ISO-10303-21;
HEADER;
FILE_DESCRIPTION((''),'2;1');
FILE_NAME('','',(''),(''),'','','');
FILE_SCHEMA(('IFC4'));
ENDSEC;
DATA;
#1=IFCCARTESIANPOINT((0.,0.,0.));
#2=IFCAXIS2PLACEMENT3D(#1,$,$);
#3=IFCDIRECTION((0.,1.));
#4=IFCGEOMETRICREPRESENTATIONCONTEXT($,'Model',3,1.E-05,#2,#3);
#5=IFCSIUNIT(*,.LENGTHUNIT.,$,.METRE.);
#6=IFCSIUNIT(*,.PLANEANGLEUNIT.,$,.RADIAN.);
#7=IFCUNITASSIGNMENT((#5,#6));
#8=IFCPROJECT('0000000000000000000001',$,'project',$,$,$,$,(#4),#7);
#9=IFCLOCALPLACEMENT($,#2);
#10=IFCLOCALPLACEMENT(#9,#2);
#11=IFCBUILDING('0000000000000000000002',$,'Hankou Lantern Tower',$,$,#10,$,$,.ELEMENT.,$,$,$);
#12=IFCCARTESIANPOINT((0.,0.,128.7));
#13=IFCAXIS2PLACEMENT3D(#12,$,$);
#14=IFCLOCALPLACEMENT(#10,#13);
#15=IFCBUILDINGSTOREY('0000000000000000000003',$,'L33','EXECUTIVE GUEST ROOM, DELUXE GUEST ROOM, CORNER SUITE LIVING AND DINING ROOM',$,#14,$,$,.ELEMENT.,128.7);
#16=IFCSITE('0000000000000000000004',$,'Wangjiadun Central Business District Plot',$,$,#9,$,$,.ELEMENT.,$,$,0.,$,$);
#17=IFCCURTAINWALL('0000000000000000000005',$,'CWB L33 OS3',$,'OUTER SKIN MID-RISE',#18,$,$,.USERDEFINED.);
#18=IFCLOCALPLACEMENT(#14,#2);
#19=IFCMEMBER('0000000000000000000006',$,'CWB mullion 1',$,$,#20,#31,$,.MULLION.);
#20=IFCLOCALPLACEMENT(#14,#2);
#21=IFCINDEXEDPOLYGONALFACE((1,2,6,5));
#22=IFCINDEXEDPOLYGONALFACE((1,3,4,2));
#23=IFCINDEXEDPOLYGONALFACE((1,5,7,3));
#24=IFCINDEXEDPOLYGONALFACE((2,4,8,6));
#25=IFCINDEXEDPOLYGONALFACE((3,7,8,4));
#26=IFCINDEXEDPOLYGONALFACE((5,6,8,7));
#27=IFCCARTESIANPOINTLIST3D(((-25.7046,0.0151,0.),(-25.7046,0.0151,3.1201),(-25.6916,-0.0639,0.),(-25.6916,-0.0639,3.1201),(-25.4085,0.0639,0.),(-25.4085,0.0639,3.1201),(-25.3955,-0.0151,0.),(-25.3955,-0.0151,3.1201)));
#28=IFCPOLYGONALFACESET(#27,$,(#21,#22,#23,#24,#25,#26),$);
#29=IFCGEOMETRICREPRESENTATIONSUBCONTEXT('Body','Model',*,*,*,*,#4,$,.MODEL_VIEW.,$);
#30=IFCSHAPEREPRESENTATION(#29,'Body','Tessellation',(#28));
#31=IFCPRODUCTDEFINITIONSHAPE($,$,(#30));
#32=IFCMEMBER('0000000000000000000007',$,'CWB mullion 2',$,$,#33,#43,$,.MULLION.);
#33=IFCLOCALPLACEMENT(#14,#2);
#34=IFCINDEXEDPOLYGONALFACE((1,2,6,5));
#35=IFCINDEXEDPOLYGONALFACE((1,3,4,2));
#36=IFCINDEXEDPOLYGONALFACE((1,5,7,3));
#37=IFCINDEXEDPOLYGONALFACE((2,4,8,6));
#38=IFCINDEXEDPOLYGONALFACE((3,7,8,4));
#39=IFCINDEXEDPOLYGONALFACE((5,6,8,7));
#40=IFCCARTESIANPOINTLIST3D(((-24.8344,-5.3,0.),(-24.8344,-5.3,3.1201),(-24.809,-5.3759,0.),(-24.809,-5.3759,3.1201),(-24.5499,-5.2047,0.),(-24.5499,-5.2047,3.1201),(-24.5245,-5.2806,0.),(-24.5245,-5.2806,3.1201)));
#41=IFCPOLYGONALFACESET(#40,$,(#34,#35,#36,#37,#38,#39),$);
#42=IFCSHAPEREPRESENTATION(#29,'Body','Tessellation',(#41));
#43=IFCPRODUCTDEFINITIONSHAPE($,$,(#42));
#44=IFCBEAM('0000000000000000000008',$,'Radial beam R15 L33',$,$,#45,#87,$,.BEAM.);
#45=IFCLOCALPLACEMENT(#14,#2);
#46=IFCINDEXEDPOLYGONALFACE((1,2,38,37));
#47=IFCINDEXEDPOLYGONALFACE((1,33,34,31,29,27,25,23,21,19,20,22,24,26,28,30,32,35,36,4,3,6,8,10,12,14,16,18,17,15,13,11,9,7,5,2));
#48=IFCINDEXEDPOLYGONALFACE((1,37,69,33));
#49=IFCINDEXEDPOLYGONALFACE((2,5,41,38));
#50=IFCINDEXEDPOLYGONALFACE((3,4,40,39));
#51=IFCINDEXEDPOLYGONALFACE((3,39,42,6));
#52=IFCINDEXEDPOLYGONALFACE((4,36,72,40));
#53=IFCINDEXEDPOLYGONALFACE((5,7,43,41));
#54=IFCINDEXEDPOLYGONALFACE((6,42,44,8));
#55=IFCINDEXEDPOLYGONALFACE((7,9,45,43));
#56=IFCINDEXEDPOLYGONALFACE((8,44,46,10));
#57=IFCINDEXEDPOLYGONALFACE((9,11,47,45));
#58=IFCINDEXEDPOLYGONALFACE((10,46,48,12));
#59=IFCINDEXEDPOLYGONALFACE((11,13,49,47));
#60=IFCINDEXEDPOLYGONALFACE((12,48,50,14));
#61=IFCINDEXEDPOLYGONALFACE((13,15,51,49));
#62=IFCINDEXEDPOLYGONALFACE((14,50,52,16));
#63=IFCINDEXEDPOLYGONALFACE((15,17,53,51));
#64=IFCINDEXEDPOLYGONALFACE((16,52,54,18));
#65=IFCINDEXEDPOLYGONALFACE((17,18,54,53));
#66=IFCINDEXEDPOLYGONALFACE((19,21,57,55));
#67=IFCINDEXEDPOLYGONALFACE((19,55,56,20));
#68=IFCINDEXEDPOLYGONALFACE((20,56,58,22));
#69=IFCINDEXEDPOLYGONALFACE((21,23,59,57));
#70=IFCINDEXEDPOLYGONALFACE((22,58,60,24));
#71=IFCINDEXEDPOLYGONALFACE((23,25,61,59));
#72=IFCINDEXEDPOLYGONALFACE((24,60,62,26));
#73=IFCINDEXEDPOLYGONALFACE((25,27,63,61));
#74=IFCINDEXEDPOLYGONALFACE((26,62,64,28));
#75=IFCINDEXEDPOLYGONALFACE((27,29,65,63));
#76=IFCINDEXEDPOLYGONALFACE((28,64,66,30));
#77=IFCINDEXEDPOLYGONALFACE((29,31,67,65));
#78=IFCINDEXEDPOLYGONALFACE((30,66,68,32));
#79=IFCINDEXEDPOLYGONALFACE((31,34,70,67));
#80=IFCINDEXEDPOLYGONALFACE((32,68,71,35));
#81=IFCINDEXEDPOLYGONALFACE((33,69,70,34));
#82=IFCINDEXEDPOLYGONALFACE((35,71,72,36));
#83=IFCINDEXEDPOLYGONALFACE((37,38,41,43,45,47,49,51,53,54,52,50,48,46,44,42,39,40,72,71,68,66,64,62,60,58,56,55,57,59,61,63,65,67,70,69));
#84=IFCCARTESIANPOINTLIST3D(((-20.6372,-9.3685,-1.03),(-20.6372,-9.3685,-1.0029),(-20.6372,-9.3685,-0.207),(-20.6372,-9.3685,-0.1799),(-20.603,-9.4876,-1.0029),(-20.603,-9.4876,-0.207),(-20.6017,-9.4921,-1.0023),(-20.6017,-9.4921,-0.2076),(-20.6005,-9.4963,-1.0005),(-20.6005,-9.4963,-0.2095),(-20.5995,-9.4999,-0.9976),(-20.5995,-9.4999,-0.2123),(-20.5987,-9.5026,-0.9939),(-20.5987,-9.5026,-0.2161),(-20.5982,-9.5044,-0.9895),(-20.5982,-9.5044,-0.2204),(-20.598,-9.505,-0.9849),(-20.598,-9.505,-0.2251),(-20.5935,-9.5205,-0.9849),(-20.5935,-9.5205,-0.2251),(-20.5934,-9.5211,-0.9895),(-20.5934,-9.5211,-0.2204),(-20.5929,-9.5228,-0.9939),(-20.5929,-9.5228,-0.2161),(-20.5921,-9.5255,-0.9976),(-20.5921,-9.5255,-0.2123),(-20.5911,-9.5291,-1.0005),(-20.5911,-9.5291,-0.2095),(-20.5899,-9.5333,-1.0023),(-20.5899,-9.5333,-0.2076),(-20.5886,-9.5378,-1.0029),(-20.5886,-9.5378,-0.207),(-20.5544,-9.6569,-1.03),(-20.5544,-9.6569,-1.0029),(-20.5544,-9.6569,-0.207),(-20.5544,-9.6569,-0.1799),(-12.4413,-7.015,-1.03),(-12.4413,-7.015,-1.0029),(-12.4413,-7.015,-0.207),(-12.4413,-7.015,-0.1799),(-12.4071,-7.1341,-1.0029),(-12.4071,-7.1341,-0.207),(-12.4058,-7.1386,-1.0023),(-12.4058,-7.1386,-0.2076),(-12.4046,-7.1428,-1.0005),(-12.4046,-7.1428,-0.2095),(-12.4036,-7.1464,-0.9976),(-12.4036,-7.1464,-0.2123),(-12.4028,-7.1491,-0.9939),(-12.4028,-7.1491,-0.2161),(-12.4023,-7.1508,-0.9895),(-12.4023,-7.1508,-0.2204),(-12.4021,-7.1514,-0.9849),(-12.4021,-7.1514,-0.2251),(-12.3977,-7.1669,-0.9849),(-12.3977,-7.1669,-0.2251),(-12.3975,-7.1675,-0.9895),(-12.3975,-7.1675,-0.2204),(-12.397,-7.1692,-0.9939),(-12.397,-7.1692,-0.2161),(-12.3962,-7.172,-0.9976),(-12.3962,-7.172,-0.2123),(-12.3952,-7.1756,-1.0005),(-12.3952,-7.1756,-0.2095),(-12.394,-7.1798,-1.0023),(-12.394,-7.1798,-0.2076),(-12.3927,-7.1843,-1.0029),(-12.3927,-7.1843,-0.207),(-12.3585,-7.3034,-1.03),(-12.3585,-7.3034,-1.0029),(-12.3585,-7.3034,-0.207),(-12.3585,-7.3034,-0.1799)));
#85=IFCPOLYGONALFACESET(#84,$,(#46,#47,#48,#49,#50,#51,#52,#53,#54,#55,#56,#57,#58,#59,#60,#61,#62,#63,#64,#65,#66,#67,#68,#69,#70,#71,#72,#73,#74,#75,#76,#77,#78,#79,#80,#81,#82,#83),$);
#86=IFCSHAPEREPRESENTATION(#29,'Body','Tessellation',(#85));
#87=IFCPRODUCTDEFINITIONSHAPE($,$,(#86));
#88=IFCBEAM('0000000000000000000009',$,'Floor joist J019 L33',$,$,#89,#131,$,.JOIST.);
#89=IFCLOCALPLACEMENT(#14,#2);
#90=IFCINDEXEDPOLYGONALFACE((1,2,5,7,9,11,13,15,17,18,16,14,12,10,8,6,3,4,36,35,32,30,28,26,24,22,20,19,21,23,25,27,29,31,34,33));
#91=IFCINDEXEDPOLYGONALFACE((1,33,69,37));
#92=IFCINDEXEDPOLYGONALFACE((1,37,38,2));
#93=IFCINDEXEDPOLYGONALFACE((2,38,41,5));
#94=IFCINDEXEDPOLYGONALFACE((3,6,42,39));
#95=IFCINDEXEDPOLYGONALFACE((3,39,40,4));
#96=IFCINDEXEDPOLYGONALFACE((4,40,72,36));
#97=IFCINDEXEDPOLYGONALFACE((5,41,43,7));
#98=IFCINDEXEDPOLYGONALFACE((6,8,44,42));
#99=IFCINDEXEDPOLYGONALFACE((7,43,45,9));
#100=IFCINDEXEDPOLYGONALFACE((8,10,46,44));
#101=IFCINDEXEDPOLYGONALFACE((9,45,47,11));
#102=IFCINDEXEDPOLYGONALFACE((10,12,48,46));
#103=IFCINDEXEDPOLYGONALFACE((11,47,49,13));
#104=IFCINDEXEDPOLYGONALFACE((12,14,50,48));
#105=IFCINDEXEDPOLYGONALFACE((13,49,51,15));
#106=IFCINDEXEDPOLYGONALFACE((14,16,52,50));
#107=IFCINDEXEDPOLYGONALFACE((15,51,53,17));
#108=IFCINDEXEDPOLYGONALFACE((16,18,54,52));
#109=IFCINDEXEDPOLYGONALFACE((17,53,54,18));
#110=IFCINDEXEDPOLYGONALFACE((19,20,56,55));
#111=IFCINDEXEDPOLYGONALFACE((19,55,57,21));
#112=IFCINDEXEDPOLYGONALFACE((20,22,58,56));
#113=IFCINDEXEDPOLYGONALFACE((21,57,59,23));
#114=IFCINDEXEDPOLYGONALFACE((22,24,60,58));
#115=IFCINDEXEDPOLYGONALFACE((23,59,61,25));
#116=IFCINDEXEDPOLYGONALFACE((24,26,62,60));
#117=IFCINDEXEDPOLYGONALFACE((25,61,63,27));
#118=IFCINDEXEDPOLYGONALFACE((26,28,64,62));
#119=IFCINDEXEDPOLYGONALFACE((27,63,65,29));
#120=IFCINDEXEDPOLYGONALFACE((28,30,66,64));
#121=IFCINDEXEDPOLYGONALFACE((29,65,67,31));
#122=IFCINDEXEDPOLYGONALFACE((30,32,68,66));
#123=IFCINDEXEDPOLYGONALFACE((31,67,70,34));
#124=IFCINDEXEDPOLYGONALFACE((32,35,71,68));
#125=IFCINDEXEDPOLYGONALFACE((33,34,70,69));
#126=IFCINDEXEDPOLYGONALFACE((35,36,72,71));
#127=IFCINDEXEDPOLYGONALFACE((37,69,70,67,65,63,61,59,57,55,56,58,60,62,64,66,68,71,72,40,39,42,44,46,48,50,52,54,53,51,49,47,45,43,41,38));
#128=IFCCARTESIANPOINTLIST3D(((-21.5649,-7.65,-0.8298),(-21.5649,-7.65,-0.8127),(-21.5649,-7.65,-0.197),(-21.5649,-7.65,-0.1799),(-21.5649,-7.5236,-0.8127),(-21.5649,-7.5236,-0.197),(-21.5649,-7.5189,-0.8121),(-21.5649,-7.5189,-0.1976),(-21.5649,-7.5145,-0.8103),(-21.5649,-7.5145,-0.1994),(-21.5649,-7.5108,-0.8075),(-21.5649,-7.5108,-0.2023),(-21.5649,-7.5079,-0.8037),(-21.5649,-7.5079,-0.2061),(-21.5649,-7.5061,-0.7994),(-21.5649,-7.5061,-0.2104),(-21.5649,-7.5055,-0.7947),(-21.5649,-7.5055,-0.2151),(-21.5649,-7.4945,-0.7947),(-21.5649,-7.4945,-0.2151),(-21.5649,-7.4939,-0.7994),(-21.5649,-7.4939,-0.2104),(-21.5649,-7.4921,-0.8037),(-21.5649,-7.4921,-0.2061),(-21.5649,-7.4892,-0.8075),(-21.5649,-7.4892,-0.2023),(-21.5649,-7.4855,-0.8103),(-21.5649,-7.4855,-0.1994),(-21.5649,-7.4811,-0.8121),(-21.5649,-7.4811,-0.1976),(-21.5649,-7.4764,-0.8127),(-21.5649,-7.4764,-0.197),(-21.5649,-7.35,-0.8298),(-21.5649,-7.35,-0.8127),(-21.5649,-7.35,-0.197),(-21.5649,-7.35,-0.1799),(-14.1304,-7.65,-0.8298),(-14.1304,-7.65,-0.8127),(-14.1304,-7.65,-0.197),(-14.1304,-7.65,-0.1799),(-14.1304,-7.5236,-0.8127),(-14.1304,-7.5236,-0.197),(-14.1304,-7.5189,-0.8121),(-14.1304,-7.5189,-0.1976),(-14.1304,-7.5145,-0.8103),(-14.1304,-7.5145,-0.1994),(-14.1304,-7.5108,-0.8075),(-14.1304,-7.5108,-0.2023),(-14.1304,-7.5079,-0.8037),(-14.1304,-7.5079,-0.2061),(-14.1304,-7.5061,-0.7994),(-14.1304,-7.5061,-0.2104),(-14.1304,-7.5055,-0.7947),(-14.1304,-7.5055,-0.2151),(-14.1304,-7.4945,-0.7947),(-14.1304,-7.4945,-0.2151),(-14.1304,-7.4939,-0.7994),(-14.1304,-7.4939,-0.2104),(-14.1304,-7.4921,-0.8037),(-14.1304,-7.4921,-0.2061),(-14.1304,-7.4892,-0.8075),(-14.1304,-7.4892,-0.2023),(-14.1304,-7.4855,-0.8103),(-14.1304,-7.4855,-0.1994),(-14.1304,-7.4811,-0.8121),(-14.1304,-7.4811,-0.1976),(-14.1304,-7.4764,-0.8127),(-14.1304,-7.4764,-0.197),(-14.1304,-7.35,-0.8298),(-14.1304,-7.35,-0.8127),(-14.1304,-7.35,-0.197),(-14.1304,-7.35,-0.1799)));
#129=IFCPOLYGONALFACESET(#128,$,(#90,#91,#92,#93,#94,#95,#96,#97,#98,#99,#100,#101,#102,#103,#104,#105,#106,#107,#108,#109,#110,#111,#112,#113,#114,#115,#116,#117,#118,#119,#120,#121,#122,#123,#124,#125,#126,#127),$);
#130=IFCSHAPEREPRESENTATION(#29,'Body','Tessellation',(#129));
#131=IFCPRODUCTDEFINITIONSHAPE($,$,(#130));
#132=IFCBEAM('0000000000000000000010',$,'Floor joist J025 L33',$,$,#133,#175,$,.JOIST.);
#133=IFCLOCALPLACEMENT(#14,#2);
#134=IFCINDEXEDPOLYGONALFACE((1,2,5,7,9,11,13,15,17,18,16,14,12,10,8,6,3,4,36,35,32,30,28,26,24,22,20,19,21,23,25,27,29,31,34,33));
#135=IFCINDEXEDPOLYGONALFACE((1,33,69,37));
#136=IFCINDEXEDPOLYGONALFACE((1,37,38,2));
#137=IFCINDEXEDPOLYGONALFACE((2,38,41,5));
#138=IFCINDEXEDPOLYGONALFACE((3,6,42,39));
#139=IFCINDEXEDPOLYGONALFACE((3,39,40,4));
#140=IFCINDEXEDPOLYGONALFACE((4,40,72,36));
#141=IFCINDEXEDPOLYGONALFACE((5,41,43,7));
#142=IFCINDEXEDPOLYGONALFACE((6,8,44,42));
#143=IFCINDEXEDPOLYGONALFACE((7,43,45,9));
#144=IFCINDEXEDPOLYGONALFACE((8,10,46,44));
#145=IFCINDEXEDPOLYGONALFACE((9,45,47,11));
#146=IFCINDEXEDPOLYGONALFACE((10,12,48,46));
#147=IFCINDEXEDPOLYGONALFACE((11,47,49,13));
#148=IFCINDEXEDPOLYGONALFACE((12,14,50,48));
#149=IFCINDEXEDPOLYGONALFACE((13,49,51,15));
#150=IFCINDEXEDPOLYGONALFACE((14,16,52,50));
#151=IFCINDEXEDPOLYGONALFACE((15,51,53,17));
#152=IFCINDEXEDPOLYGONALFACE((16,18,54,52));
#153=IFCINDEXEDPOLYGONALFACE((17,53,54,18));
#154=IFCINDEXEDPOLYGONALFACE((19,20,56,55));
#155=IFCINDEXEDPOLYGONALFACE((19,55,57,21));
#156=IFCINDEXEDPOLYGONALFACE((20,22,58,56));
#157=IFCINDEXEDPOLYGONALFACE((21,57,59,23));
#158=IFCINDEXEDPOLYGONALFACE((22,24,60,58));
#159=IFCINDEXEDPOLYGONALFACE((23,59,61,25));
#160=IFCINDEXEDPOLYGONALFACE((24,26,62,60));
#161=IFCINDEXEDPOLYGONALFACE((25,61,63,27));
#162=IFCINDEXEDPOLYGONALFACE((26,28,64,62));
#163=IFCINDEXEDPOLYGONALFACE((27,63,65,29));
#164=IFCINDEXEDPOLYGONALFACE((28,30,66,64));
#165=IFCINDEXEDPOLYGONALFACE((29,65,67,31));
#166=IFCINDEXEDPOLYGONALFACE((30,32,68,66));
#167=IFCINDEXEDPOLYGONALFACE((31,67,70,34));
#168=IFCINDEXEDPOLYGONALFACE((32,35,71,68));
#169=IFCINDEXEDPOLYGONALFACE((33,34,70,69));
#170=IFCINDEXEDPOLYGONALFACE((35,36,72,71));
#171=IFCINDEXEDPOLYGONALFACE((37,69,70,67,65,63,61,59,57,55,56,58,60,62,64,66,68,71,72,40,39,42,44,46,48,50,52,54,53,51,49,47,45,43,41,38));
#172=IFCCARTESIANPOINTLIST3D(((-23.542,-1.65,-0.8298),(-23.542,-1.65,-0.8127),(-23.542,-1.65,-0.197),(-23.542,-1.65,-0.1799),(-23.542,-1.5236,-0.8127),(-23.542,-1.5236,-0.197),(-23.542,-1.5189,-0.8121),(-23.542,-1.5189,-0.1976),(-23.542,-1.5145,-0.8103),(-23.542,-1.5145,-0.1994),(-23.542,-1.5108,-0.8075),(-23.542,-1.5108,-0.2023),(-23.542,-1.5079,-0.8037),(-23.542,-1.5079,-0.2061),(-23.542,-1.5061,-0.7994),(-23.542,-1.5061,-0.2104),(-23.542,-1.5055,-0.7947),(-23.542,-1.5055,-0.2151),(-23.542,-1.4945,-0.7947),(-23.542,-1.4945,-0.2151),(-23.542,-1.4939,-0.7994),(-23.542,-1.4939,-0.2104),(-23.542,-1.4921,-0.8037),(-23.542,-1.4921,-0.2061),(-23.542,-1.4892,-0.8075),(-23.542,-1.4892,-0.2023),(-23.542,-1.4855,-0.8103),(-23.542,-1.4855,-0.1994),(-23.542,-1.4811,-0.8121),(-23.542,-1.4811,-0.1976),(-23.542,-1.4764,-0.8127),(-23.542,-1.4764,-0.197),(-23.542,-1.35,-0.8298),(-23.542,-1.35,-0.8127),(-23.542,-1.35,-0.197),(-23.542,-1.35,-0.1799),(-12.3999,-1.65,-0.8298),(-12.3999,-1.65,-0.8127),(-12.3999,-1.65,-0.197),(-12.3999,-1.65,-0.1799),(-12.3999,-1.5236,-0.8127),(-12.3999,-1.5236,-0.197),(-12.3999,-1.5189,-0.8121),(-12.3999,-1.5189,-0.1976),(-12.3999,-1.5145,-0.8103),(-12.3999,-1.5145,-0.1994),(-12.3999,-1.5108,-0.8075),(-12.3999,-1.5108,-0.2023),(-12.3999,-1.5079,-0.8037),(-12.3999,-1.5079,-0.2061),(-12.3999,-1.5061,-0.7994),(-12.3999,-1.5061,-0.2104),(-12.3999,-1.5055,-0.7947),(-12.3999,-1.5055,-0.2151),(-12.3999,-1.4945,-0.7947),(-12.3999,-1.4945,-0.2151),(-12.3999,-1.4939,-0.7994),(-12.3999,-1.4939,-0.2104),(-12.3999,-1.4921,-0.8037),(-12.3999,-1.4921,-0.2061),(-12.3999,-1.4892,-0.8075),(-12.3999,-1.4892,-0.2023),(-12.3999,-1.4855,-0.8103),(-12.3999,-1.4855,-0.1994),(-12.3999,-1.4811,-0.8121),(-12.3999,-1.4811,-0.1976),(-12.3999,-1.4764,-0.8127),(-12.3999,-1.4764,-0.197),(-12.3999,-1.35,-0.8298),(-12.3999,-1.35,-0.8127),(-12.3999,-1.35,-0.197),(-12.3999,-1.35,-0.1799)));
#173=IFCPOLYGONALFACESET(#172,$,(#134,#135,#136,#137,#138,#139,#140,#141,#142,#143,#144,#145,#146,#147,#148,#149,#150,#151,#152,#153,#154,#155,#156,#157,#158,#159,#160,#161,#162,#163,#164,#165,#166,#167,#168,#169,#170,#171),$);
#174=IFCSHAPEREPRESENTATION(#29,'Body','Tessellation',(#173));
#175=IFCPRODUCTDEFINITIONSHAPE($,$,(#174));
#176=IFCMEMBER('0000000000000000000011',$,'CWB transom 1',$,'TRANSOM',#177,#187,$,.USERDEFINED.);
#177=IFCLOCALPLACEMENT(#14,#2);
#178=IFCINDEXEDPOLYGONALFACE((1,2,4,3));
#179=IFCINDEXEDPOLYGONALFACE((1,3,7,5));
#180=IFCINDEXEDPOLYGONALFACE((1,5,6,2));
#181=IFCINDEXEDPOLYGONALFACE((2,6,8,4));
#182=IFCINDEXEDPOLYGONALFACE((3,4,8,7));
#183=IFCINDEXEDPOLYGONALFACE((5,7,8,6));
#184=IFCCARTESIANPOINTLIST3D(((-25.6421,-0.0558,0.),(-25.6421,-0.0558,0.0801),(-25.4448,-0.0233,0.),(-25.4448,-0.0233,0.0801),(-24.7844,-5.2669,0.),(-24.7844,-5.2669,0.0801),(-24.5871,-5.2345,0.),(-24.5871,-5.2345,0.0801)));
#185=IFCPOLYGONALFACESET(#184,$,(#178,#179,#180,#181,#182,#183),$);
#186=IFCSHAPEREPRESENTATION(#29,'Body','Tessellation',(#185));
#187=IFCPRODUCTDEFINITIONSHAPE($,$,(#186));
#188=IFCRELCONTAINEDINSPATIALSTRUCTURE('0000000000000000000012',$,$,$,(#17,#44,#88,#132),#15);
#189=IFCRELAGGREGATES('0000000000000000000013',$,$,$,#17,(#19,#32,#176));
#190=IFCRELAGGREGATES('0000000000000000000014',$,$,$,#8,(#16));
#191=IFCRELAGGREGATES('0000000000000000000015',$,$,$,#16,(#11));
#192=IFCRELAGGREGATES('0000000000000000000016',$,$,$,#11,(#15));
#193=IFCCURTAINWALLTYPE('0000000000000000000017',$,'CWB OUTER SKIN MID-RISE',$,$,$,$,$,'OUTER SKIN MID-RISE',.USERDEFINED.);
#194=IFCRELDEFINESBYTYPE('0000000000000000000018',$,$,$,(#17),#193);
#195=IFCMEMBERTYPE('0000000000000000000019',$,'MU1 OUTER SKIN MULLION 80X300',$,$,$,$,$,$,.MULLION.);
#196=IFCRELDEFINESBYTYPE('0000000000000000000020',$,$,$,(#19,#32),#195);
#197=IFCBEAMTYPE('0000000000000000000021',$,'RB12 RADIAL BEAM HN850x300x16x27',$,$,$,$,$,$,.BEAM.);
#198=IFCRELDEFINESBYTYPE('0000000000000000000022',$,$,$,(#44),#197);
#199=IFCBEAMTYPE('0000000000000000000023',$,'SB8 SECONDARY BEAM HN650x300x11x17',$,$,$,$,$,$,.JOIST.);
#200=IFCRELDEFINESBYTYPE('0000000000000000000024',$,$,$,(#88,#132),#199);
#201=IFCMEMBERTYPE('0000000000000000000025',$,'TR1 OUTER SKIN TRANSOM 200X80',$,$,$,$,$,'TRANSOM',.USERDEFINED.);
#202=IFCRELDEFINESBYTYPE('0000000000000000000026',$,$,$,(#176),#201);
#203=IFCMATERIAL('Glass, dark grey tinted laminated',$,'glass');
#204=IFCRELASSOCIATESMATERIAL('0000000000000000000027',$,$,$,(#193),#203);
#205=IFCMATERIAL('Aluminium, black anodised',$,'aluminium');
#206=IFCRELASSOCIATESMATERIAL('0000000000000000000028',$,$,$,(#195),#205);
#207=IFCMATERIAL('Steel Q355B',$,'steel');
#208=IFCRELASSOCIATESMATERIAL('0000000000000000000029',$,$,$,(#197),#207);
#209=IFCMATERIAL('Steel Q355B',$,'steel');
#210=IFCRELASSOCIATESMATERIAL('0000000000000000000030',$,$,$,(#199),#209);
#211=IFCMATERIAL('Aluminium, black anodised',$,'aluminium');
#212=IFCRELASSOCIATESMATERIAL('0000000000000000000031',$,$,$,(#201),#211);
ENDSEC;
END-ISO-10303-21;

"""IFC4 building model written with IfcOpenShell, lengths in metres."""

from ifc_helpers import new_model, si_unit, direction, frame, origin, origin_2d, place, context, subcontext, project, spatial, rectangle, i_section, extrude, material, material_profile, profile_set, type_object, element, aggregate, save


model = new_model("IFC4")

# Units and contexts
model_context = context("Model", 3, precision=1e-05, world=origin(), true_north=direction((0.0, 1.0)))
body_context = subcontext(model_context, "Body", "Model", "MODEL_VIEW")
ifc_project = project(units=[si_unit("LENGTHUNIT", "METRE"), si_unit("PLANEANGLEUNIT", "RADIAN")], contexts=[model_context])

# Site, building, storey
site_placement = place(None, origin())
site = spatial("IfcSite", under=ifc_project, at=site_placement, Name="Wangjiadun Central Business District Plot", CompositionType="ELEMENT", RefElevation=0.0)
building_placement = place(site_placement, origin())
building = spatial("IfcBuilding", under=site, at=building_placement, Name="Hankou Lantern Tower", CompositionType="ELEMENT")
storey_placement = place(building_placement, frame((0.0, 0.0, 128.7)))
storey = spatial("IfcBuildingStorey", under=building, at=storey_placement, Name="L33", Description="EXECUTIVE GUEST ROOM, DELUXE GUEST ROOM, CORNER SUITE LIVING AND DINING ROOM", CompositionType="ELEMENT", Elevation=128.7)

# Curtain wall, members
ifc_material_1 = material(Name="Glass, dark grey tinted laminated", Category="glass")
curtain_wall_type = type_object("IfcCurtainWallType", Name="CWB OUTER SKIN MID-RISE", ElementType="OUTER SKIN MID-RISE", PredefinedType="USERDEFINED", material=ifc_material_1)
curtain_wall_placement = place(storey_placement, origin())
curtain_wall = element("IfcCurtainWall", 1, at=curtain_wall_placement, inside=storey, type_object=curtain_wall_type, Name="CWB L33 OS3", ObjectType="OUTER SKIN MID-RISE", PredefinedType="USERDEFINED")
ifc_material_2 = material(Name="Aluminium, black anodised", Category="aluminium")
ifc_material_profile_1 = material_profile(ifc_material_2, rectangle(XDim=0.0801, YDim=0.3, at=origin_2d()), Name="MU1 80X300")
ifc_profile_set_1 = profile_set([ifc_material_profile_1], Name="Aluminium, black anodised")
member_type_1 = type_object("IfcMemberType", Name="MU1 OUTER SKIN MULLION 80X300", PredefinedType="MULLION", material=ifc_profile_set_1)
member_1_placement = place(storey_placement, frame((-25.55, 0.0, 0.0), z_axis=(0.0, 0.0, 1.0), x_axis=(0.162382, -0.986728, 0.0)))
member_1 = element("IfcMember", 2, at=member_1_placement, type_object=member_type_1, Name="CWB mullion 1", PredefinedType="MULLION", context=body_context, shape_type="SweptSolid", body=[
    extrude(rectangle(XDim=0.0801, YDim=0.3, at=origin_2d()), origin(), (0.0, 0.0, 1.0), 3.1201),
])
member_2_placement = place(storey_placement, frame((-24.6794, -5.2903, 0.0), z_axis=(0.0, 0.0, 1.0), x_axis=(0.317596, -0.948226, 0.0)))
member_2 = element("IfcMember", 3, at=member_2_placement, type_object=member_type_1, Name="CWB mullion 2", PredefinedType="MULLION", context=body_context, shape_type="SweptSolid", body=[
    extrude(rectangle(XDim=0.0801, YDim=0.3, at=origin_2d()), origin(), (0.0, 0.0, 1.0), 3.1201),
])

# Beams
ifc_material_3 = material(Name="Steel Q355B", Category="steel")
ifc_material_profile_2 = material_profile(ifc_material_3, i_section(OverallWidth=0.3, OverallDepth=0.8501, WebThickness=0.0161, FlangeThickness=0.0271, FilletRadius=0.0181, at=origin_2d()), Name="HN850x300x16x27")
ifc_profile_set_2 = profile_set([ifc_material_profile_2], Name="Steel Q355B")
beam_type_1 = type_object("IfcBeamType", Name="RB12 RADIAL BEAM HN850x300x16x27", PredefinedType="BEAM", material=ifc_profile_set_2)
beam_1_placement = place(storey_placement, frame((-12.3999, -7.1592, -0.605), z_axis=(-0.961156, -0.276007, 0.0), x_axis=(0.276007, -0.961156, 0.0)))
element("IfcBeam", 4, at=beam_1_placement, inside=storey, type_object=beam_type_1, Name="Radial beam R15 L33", PredefinedType="BEAM", context=body_context, shape_type="SweptSolid", body=[
    extrude(i_section(OverallWidth=0.3, OverallDepth=0.8501, WebThickness=0.0161, FlangeThickness=0.0271, FilletRadius=0.0181, at=origin_2d()), origin(), (0.0, 0.0, 1.0), 8.5271),
])
ifc_material_4 = material(Name="Steel Q355B", Category="steel")
ifc_material_profile_3 = material_profile(ifc_material_4, i_section(OverallWidth=0.3, OverallDepth=0.6499, WebThickness=0.011, FlangeThickness=0.0171, FilletRadius=0.0181, at=origin_2d()), Name="HN650x300x11x17")
ifc_profile_set_3 = profile_set([ifc_material_profile_3], Name="Steel Q355B")
beam_type_2 = type_object("IfcBeamType", Name="SB8 SECONDARY BEAM HN650x300x11x17", PredefinedType="JOIST", material=ifc_profile_set_3)
beam_2_placement = place(storey_placement, frame((-21.5649, -7.5, -0.5049), z_axis=(1.0, 0.0, 0.0), x_axis=(0.0, 1.0, 0.0)))
element("IfcBeam", 5, at=beam_2_placement, inside=storey, type_object=beam_type_2, Name="Floor joist J019 L33", PredefinedType="JOIST", context=body_context, shape_type="SweptSolid", body=[
    extrude(i_section(OverallWidth=0.3, OverallDepth=0.6499, WebThickness=0.011, FlangeThickness=0.0171, FilletRadius=0.0181, at=origin_2d()), origin(), (0.0, 0.0, 1.0), 7.4346),
])
beam_3_placement = place(storey_placement, frame((-23.542, -1.5, -0.5049), z_axis=(1.0, 0.0, 0.0), x_axis=(0.0, 1.0, 0.0)))
element("IfcBeam", 6, at=beam_3_placement, inside=storey, type_object=beam_type_2, Name="Floor joist J025 L33", PredefinedType="JOIST", context=body_context, shape_type="SweptSolid", body=[
    extrude(i_section(OverallWidth=0.3, OverallDepth=0.6499, WebThickness=0.011, FlangeThickness=0.0171, FilletRadius=0.0181, at=origin_2d()), origin(), (0.0, 0.0, 1.0), 11.1421),
])

# Member
ifc_material_5 = material(Name="Aluminium, black anodised", Category="aluminium")
ifc_material_profile_4 = material_profile(ifc_material_5, rectangle(XDim=0.2, YDim=0.0801, at=origin_2d()), Name="TR1 200X80")
ifc_profile_set_4 = profile_set([ifc_material_profile_4], Name="Aluminium, black anodised")
member_type_2 = type_object("IfcMemberType", Name="TR1 OUTER SKIN TRANSOM 200X80", ElementType="TRANSOM", PredefinedType="USERDEFINED", material=ifc_profile_set_4)
member_3_placement = place(storey_placement, frame((-25.5435, -0.0396, 0.04), z_axis=(0.162397, -0.986725, 0.0), x_axis=(0.986725, 0.162397, 0.0)))
member_3 = element("IfcMember", 7, at=member_3_placement, type_object=member_type_2, Name="CWB transom 1", ObjectType="TRANSOM", PredefinedType="USERDEFINED", context=body_context, shape_type="SweptSolid", body=[
    extrude(rectangle(XDim=0.2, YDim=0.0801, at=origin_2d()), origin(), (0.0, 0.0, 1.0), 5.2812),
])

aggregate(curtain_wall, [member_1, member_2, member_3])

save(model, "model.ifc")
